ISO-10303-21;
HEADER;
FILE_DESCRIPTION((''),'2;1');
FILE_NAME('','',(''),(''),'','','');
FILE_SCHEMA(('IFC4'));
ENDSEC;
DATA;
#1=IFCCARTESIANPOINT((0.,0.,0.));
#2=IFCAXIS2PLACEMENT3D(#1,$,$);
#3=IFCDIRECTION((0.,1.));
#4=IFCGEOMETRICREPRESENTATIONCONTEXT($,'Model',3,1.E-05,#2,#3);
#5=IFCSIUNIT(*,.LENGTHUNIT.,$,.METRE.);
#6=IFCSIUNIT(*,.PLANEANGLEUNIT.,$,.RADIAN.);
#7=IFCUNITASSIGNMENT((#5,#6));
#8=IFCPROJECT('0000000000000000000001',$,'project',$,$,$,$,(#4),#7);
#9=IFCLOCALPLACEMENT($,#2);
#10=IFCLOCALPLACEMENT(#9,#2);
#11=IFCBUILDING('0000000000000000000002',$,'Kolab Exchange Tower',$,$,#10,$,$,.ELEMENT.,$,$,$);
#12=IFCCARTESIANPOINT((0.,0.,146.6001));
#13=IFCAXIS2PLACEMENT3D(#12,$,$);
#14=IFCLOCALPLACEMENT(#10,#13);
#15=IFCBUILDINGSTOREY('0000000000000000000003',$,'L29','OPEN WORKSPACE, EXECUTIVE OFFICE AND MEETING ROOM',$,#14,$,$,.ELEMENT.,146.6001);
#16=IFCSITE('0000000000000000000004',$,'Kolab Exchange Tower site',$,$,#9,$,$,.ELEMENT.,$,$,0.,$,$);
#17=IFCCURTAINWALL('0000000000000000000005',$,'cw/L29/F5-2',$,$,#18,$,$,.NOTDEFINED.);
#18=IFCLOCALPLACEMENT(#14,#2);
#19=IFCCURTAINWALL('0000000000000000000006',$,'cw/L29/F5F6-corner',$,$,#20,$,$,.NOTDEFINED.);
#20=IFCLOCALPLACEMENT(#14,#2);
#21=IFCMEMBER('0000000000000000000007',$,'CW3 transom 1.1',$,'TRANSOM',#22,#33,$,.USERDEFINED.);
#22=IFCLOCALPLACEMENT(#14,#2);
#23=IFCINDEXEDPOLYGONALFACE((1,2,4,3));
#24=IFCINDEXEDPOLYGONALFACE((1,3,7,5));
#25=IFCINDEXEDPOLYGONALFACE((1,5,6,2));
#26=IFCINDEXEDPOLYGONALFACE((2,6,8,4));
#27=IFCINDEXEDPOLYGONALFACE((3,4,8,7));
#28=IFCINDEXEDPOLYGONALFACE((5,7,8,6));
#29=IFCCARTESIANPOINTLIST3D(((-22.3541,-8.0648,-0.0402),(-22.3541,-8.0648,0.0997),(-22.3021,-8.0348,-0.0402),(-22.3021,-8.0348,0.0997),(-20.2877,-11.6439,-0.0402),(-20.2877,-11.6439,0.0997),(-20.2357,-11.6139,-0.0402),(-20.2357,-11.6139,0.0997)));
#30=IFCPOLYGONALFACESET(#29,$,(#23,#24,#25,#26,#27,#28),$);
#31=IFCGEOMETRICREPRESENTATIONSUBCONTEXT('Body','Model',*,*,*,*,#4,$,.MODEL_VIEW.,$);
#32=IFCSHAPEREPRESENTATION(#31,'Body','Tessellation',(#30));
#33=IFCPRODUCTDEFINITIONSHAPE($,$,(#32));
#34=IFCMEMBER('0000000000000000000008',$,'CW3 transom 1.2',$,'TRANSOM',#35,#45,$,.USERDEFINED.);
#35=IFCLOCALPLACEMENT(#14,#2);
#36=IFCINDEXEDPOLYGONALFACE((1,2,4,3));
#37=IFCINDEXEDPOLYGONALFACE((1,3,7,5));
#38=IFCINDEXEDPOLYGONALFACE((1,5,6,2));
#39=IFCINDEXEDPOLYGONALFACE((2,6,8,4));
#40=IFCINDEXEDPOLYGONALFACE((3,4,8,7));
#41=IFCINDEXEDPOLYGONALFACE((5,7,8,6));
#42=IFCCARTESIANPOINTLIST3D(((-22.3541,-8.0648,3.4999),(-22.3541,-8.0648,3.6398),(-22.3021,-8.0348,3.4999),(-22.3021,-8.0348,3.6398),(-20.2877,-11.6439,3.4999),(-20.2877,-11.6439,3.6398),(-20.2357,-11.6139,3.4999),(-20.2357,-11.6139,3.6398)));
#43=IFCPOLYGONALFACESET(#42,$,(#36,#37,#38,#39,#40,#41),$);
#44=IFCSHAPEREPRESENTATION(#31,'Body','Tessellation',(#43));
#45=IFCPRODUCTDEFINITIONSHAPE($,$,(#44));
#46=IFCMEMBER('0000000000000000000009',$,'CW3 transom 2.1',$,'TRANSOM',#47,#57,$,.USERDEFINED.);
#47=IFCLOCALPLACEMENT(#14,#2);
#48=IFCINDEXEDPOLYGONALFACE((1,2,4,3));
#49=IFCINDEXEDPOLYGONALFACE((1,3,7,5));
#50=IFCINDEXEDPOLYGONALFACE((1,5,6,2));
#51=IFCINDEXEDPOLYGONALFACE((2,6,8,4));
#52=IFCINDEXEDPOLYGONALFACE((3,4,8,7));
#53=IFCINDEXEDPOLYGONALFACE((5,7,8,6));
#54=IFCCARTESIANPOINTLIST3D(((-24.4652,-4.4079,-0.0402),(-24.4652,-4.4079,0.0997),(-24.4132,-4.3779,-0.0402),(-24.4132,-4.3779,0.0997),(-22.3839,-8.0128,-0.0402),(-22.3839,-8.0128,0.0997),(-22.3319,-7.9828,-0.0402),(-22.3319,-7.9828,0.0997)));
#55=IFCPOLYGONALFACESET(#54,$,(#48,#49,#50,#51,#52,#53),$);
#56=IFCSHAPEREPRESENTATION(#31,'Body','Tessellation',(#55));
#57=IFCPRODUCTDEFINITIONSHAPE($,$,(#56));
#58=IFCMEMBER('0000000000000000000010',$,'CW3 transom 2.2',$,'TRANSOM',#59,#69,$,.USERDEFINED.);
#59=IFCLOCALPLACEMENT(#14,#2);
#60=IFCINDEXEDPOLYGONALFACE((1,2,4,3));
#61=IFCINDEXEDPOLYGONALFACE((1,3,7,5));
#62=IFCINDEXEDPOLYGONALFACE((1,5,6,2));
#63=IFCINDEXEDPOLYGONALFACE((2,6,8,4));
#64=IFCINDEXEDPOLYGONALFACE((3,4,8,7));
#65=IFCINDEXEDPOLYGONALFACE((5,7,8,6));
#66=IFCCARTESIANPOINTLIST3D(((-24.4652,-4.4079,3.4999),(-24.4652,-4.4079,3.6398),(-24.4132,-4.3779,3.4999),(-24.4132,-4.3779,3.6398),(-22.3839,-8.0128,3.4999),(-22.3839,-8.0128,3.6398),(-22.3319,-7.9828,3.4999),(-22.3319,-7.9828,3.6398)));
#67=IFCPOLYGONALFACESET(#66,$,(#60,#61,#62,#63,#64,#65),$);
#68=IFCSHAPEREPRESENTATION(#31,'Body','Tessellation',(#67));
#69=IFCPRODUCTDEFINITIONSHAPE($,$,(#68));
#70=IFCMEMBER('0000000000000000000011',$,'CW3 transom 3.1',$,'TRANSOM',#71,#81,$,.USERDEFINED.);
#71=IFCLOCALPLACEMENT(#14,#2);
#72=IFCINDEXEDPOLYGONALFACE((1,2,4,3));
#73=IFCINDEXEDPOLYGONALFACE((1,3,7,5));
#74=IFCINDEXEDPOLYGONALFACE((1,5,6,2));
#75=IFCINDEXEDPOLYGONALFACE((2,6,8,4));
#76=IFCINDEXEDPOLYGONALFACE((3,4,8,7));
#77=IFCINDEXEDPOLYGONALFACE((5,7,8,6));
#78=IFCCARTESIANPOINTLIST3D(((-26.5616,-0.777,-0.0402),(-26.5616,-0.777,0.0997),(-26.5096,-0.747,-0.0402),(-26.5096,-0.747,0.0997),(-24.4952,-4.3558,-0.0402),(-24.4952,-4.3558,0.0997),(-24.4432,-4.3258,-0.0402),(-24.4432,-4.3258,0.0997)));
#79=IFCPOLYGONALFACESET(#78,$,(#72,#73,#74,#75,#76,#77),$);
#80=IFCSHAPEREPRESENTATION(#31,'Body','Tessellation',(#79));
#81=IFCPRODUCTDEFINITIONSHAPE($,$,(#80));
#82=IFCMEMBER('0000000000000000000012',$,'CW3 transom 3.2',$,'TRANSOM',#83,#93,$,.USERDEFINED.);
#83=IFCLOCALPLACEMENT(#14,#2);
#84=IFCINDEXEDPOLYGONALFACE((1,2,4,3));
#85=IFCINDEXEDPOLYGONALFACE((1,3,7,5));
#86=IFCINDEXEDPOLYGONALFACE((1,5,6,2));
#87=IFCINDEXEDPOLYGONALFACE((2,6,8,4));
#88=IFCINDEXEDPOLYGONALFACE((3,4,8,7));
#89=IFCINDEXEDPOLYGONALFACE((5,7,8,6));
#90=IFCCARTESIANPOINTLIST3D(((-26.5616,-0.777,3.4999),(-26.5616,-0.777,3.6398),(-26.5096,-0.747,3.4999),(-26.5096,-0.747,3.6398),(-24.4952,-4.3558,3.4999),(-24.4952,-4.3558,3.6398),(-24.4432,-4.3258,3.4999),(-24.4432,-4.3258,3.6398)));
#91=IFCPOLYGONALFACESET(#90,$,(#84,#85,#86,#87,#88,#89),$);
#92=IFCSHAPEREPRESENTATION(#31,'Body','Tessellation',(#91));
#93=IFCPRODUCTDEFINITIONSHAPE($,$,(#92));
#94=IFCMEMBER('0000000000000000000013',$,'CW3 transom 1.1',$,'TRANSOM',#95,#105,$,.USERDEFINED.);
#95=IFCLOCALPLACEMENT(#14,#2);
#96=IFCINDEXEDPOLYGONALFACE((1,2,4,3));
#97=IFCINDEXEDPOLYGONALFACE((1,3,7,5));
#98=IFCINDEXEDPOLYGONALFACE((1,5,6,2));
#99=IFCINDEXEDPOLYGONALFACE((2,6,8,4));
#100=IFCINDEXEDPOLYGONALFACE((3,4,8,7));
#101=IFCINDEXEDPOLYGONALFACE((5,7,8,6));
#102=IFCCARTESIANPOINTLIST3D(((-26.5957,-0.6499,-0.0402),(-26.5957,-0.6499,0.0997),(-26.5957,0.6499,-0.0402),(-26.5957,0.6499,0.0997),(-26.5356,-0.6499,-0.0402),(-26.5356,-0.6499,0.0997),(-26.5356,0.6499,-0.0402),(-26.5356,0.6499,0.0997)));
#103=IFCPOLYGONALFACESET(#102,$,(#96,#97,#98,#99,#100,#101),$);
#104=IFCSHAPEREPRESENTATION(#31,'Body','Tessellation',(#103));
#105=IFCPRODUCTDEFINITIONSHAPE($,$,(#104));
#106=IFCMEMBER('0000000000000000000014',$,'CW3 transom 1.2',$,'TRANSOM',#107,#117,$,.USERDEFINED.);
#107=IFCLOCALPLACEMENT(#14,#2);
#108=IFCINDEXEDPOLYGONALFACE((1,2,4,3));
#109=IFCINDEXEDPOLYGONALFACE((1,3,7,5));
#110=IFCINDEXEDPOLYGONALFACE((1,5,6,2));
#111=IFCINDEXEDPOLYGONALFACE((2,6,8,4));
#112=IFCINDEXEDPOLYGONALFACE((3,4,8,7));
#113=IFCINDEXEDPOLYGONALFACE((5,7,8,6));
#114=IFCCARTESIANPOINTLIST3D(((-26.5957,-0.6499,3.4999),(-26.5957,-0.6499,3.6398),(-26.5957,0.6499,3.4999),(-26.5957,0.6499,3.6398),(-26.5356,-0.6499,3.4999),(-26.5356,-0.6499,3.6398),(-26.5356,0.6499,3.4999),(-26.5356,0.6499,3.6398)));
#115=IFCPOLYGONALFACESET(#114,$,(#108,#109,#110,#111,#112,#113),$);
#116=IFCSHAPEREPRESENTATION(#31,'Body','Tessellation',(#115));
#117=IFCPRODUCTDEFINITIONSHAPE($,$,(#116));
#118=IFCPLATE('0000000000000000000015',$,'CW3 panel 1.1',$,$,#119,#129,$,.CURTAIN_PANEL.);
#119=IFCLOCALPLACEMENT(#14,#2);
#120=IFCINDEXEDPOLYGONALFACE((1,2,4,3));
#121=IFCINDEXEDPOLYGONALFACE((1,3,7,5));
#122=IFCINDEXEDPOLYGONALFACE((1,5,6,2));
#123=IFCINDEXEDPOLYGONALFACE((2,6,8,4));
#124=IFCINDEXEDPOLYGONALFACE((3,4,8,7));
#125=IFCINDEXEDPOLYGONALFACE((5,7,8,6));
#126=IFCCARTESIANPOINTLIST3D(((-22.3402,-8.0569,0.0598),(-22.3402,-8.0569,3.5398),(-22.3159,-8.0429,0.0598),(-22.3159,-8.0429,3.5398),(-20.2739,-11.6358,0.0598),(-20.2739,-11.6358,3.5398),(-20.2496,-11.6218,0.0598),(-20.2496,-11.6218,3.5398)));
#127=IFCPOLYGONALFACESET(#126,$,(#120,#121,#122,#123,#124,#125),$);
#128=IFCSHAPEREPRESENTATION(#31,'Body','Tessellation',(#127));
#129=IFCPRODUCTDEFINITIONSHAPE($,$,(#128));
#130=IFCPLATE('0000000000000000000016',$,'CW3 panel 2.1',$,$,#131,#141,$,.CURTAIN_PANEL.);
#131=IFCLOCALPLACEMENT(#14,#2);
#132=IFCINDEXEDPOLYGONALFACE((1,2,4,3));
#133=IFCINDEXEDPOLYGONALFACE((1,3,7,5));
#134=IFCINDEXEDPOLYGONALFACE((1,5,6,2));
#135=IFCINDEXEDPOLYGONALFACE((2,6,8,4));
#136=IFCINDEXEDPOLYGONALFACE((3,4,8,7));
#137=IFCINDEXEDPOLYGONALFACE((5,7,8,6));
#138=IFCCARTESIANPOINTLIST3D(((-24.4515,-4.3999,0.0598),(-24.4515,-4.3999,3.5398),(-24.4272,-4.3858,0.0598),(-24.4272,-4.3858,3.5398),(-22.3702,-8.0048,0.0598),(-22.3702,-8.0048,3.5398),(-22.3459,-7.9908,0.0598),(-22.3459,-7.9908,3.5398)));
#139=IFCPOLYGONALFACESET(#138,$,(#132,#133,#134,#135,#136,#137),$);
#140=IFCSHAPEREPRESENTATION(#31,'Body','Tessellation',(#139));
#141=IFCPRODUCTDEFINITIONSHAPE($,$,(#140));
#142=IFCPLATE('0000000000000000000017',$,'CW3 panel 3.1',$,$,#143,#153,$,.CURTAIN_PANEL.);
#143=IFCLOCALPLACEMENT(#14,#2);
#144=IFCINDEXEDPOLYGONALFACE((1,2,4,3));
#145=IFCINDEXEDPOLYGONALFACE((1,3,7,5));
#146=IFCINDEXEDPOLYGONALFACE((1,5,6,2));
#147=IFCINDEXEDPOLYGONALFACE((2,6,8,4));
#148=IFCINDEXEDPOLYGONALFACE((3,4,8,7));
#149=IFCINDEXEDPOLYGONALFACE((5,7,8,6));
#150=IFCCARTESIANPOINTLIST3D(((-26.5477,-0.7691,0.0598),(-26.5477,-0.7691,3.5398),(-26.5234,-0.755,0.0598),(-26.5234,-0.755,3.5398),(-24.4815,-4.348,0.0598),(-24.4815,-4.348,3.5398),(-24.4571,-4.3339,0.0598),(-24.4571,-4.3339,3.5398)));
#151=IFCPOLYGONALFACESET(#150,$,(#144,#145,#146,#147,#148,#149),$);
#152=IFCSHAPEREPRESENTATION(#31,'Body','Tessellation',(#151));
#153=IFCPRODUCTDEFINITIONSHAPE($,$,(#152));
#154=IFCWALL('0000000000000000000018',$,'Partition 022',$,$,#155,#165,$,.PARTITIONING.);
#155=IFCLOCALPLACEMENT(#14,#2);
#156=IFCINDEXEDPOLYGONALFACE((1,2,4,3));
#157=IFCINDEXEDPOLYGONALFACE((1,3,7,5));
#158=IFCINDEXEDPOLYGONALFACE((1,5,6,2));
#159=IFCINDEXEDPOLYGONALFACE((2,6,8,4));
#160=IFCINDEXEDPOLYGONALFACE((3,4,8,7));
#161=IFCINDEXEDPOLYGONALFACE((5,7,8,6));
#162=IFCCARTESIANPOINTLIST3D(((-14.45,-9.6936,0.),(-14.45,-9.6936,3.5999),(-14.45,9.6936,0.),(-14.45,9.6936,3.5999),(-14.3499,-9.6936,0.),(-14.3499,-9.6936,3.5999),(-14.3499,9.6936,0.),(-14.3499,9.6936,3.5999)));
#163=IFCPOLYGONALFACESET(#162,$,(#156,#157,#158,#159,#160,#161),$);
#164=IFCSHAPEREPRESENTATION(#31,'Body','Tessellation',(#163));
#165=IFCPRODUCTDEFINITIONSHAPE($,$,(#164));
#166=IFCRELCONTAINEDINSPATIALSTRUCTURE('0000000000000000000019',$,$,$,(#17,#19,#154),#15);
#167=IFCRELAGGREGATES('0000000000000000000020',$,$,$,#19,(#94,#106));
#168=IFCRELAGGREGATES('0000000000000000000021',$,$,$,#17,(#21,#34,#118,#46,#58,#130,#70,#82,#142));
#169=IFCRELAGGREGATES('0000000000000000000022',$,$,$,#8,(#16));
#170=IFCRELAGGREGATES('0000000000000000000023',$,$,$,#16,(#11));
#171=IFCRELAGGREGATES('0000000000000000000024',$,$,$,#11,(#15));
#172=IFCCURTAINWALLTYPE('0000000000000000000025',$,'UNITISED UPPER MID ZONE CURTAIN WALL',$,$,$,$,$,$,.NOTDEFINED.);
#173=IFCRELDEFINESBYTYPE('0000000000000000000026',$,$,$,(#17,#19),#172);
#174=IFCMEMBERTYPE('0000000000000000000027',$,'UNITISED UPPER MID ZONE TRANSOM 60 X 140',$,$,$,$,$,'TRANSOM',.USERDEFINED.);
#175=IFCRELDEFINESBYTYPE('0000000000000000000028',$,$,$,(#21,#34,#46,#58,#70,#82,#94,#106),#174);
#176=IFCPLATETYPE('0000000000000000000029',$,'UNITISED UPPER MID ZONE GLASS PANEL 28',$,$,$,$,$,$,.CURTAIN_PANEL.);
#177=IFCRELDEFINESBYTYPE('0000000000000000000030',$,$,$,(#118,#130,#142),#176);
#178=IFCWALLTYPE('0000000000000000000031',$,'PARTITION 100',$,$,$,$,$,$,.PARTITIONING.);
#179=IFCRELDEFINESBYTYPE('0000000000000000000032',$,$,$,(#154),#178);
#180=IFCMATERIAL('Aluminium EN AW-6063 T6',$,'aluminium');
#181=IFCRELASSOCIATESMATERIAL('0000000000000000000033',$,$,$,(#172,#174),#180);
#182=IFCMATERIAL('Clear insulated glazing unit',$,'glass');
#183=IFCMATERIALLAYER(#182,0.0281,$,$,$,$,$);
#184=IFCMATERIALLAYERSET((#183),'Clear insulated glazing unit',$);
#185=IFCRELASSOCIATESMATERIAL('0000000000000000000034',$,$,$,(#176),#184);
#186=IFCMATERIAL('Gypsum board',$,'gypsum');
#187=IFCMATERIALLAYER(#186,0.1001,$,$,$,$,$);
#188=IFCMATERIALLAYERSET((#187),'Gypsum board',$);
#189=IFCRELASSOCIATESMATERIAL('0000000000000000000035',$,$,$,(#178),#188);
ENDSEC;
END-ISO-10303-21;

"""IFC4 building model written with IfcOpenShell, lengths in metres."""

from ifc_helpers import new_model, si_unit, direction, frame, frame_2d, origin, origin_2d, place, context, subcontext, project, spatial, rectangle, extrude, material, layer, layer_set, material_profile, profile_set, type_object, element, aggregate, save


model = new_model("IFC4")

# Units and contexts
model_context = context("Model", 3, precision=1e-05, world=origin(), true_north=direction((0.0, 1.0)))
body_context = subcontext(model_context, "Body", "Model", "MODEL_VIEW")
ifc_project = project(units=[si_unit("LENGTHUNIT", "METRE"), si_unit("PLANEANGLEUNIT", "RADIAN")], contexts=[model_context])

# Site, building, storey
site_placement = place(None, origin())
site = spatial("IfcSite", under=ifc_project, at=site_placement, Name="Kolab Exchange Tower site", CompositionType="ELEMENT", RefElevation=0.0)
building_placement = place(site_placement, origin())
building = spatial("IfcBuilding", under=site, at=building_placement, Name="Kolab Exchange Tower", CompositionType="ELEMENT")
storey_placement = place(building_placement, frame((0.0, 0.0, 146.6001)))
storey = spatial("IfcBuildingStorey", under=building, at=storey_placement, Name="L29", Description="OPEN WORKSPACE, EXECUTIVE OFFICE AND MEETING ROOM", CompositionType="ELEMENT", Elevation=146.6001)

# Curtain wall
ifc_material_1 = material(Name="Aluminium EN AW-6063 T6", Category="aluminium")
curtain_wall_type = type_object("IfcCurtainWallType", Name="UNITISED UPPER MID ZONE CURTAIN WALL", PredefinedType="NOTDEFINED", material=ifc_material_1)
curtain_wall_1_placement = place(storey_placement, origin())
curtain_wall_1 = element("IfcCurtainWall", 1, at=curtain_wall_1_placement, inside=storey, type_object=curtain_wall_type, Name="cw/L29/F5-2", PredefinedType="NOTDEFINED")

# Curtain wall
curtain_wall_2_placement = place(storey_placement, origin())
curtain_wall_2 = element("IfcCurtainWall", 2, at=curtain_wall_2_placement, inside=storey, type_object=curtain_wall_type, Name="cw/L29/F5F6-corner", PredefinedType="NOTDEFINED")

# Members
ifc_material_profile_1 = material_profile(ifc_material_1, rectangle(XDim=0.0601, YDim=0.1399, at=origin_2d()), Name="RECT 60X140")
ifc_profile_set_1 = profile_set([ifc_material_profile_1], Name="Aluminium EN AW-6063 T6")
member_type_1 = type_object("IfcMemberType", Name="UNITISED UPPER MID ZONE TRANSOM 60 X 140", ElementType="TRANSOM", PredefinedType="USERDEFINED", material=ifc_profile_set_1)
member_1_placement = place(storey_placement, frame((-20.2617, -11.6289, 0.0298), z_axis=(-0.500002, 0.866024, 0.0), x_axis=(-0.866024, -0.500002, 0.0)))
member_1 = element("IfcMember", 3, at=member_1_placement, type_object=member_type_1, Name="CW3 transom 1.1", ObjectType="TRANSOM", PredefinedType="USERDEFINED", context=body_context, shape_type="SweptSolid", body=[
    extrude(rectangle(XDim=0.0601, YDim=0.1399, at=origin_2d()), origin(), (0.0, 0.0, 1.0), 4.1328),
])
member_2_placement = place(storey_placement, frame((-20.2617, -11.6289, 3.5698), z_axis=(-0.500002, 0.866024, 0.0), x_axis=(-0.866024, -0.500002, 0.0)))
member_2 = element("IfcMember", 4, at=member_2_placement, type_object=member_type_1, Name="CW3 transom 1.2", ObjectType="TRANSOM", PredefinedType="USERDEFINED", context=body_context, shape_type="SweptSolid", body=[
    extrude(rectangle(XDim=0.0601, YDim=0.1399, at=origin_2d()), origin(), (0.0, 0.0, 1.0), 4.1328),
])
member_3_placement = place(storey_placement, frame((-22.3579, -7.9978, 0.0298), z_axis=(-0.499993, 0.866029, 0.0), x_axis=(-0.866029, -0.499993, 0.0)))
member_3 = element("IfcMember", 5, at=member_3_placement, type_object=member_type_1, Name="CW3 transom 2.1", ObjectType="TRANSOM", PredefinedType="USERDEFINED", context=body_context, shape_type="SweptSolid", body=[
    extrude(rectangle(XDim=0.0601, YDim=0.1399, at=origin_2d()), origin(), (0.0, 0.0, 1.0), 4.1626),
])
member_4_placement = place(storey_placement, frame((-22.3579, -7.9978, 3.5698), z_axis=(-0.499993, 0.866029, 0.0), x_axis=(-0.866029, -0.499993, 0.0)))
member_4 = element("IfcMember", 6, at=member_4_placement, type_object=member_type_1, Name="CW3 transom 2.2", ObjectType="TRANSOM", PredefinedType="USERDEFINED", context=body_context, shape_type="SweptSolid", body=[
    extrude(rectangle(XDim=0.0601, YDim=0.1399, at=origin_2d()), origin(), (0.0, 0.0, 1.0), 4.1626),
])
member_5_placement = place(storey_placement, frame((-24.4692, -4.3408, 0.0298), z_axis=(-0.500028, 0.866009, 0.0), x_axis=(-0.866009, -0.500028, 0.0)))
member_5 = element("IfcMember", 7, at=member_5_placement, type_object=member_type_1, Name="CW3 transom 3.1", ObjectType="TRANSOM", PredefinedType="USERDEFINED", context=body_context, shape_type="SweptSolid", body=[
    extrude(rectangle(XDim=0.0601, YDim=0.1399, at=origin_2d()), origin(), (0.0, 0.0, 1.0), 4.1326),
])
member_6_placement = place(storey_placement, frame((-24.4692, -4.3408, 3.5698), z_axis=(-0.500028, 0.866009, 0.0), x_axis=(-0.866009, -0.500028, 0.0)))
member_6 = element("IfcMember", 8, at=member_6_placement, type_object=member_type_1, Name="CW3 transom 3.2", ObjectType="TRANSOM", PredefinedType="USERDEFINED", context=body_context, shape_type="SweptSolid", body=[
    extrude(rectangle(XDim=0.0601, YDim=0.1399, at=origin_2d()), origin(), (0.0, 0.0, 1.0), 4.1326),
])
member_7_placement = place(storey_placement, frame((-26.5657, -0.6499, 0.0298), z_axis=(0.0, 1.0, 0.0), x_axis=(-1.0, 0.0, 0.0)))
member_7 = element("IfcMember", 9, at=member_7_placement, type_object=member_type_1, Name="CW3 transom 1.1", ObjectType="TRANSOM", PredefinedType="USERDEFINED", context=body_context, shape_type="SweptSolid", body=[
    extrude(rectangle(XDim=0.0601, YDim=0.1399, at=origin_2d()), origin(), (0.0, 0.0, 1.0), 1.2998),
])
member_8_placement = place(storey_placement, frame((-26.5657, -0.6499, 3.5698), z_axis=(0.0, 1.0, 0.0), x_axis=(-1.0, 0.0, 0.0)))
member_8 = element("IfcMember", 10, at=member_8_placement, type_object=member_type_1, Name="CW3 transom 1.2", ObjectType="TRANSOM", PredefinedType="USERDEFINED", context=body_context, shape_type="SweptSolid", body=[
    extrude(rectangle(XDim=0.0601, YDim=0.1399, at=origin_2d()), origin(), (0.0, 0.0, 1.0), 1.2998),
])
aggregate(curtain_wall_2, [member_7, member_8])

# Plates
ifc_material_2 = material(Name="Clear insulated glazing unit", Category="glass")
ifc_layer_1 = layer(ifc_material_2, 0.0281)
ifc_layer_set_1 = layer_set([ifc_layer_1], Name="Clear insulated glazing unit")
plate_type = type_object("IfcPlateType", Name="UNITISED UPPER MID ZONE GLASS PANEL 28", PredefinedType="CURTAIN_PANEL", material=ifc_layer_set_1)
plate_1_placement = place(storey_placement, frame((-21.2949, -9.8394, 0.0598), z_axis=(0.0, 0.0, 1.0), x_axis=(-0.5, 0.866025, 0.0)))
plate_1 = element("IfcPlate", 11, at=plate_1_placement, type_object=plate_type, Name="CW3 panel 1.1", PredefinedType="CURTAIN_PANEL", context=body_context, shape_type="SweptSolid", body=[
    extrude(rectangle(XDim=4.1326, YDim=0.0281, at=origin_2d()), origin(), (0.0, 0.0, 1.0), 3.48),
])
plate_2_placement = place(storey_placement, frame((-23.3987, -6.1953, 0.0598), z_axis=(0.0, 0.0, 1.0), x_axis=(-0.5, 0.866025, 0.0)))
plate_2 = element("IfcPlate", 12, at=plate_2_placement, type_object=plate_type, Name="CW3 panel 2.1", PredefinedType="CURTAIN_PANEL", context=body_context, shape_type="SweptSolid", body=[
    extrude(rectangle(XDim=4.1626, YDim=0.0281, at=origin_2d()), origin(), (0.0, 0.0, 1.0), 3.48),
])
plate_3_placement = place(storey_placement, frame((-25.5024, -2.5515, 0.0598), z_axis=(0.0, 0.0, 1.0), x_axis=(-0.5, 0.866025, 0.0)))
plate_3 = element("IfcPlate", 13, at=plate_3_placement, type_object=plate_type, Name="CW3 panel 3.1", PredefinedType="CURTAIN_PANEL", context=body_context, shape_type="SweptSolid", body=[
    extrude(rectangle(XDim=4.1326, YDim=0.0281, at=origin_2d()), origin(), (0.0, 0.0, 1.0), 3.48),
])
aggregate(curtain_wall_1, [member_1, member_2, plate_1, member_3, member_4, plate_2, member_5, member_6, plate_3])

# Wall
ifc_material_3 = material(Name="Gypsum board", Category="gypsum")
ifc_layer_2 = layer(ifc_material_3, 0.1001)
ifc_layer_set_2 = layer_set([ifc_layer_2], Name="Gypsum board")
wall_type_1 = type_object("IfcWallType", Name="PARTITION 100", PredefinedType="PARTITIONING", material=ifc_layer_set_2)
wall_1_placement = place(storey_placement, frame((-14.3999, -9.6936, 0.0), z_axis=(0.0, 0.0, 1.0), x_axis=(0.0, 1.0, 0.0)))
element("IfcWall", 14, at=wall_1_placement, inside=storey, type_object=wall_type_1, Name="Partition 022", PredefinedType="PARTITIONING", context=body_context, shape_type="SweptSolid", body=[
    extrude(rectangle(XDim=19.3872, YDim=0.1001, at=frame_2d((9.6936, 0.0))), origin(), (0.0, 0.0, 1.0), 3.5999),
])

save(model, "model.ifc")
